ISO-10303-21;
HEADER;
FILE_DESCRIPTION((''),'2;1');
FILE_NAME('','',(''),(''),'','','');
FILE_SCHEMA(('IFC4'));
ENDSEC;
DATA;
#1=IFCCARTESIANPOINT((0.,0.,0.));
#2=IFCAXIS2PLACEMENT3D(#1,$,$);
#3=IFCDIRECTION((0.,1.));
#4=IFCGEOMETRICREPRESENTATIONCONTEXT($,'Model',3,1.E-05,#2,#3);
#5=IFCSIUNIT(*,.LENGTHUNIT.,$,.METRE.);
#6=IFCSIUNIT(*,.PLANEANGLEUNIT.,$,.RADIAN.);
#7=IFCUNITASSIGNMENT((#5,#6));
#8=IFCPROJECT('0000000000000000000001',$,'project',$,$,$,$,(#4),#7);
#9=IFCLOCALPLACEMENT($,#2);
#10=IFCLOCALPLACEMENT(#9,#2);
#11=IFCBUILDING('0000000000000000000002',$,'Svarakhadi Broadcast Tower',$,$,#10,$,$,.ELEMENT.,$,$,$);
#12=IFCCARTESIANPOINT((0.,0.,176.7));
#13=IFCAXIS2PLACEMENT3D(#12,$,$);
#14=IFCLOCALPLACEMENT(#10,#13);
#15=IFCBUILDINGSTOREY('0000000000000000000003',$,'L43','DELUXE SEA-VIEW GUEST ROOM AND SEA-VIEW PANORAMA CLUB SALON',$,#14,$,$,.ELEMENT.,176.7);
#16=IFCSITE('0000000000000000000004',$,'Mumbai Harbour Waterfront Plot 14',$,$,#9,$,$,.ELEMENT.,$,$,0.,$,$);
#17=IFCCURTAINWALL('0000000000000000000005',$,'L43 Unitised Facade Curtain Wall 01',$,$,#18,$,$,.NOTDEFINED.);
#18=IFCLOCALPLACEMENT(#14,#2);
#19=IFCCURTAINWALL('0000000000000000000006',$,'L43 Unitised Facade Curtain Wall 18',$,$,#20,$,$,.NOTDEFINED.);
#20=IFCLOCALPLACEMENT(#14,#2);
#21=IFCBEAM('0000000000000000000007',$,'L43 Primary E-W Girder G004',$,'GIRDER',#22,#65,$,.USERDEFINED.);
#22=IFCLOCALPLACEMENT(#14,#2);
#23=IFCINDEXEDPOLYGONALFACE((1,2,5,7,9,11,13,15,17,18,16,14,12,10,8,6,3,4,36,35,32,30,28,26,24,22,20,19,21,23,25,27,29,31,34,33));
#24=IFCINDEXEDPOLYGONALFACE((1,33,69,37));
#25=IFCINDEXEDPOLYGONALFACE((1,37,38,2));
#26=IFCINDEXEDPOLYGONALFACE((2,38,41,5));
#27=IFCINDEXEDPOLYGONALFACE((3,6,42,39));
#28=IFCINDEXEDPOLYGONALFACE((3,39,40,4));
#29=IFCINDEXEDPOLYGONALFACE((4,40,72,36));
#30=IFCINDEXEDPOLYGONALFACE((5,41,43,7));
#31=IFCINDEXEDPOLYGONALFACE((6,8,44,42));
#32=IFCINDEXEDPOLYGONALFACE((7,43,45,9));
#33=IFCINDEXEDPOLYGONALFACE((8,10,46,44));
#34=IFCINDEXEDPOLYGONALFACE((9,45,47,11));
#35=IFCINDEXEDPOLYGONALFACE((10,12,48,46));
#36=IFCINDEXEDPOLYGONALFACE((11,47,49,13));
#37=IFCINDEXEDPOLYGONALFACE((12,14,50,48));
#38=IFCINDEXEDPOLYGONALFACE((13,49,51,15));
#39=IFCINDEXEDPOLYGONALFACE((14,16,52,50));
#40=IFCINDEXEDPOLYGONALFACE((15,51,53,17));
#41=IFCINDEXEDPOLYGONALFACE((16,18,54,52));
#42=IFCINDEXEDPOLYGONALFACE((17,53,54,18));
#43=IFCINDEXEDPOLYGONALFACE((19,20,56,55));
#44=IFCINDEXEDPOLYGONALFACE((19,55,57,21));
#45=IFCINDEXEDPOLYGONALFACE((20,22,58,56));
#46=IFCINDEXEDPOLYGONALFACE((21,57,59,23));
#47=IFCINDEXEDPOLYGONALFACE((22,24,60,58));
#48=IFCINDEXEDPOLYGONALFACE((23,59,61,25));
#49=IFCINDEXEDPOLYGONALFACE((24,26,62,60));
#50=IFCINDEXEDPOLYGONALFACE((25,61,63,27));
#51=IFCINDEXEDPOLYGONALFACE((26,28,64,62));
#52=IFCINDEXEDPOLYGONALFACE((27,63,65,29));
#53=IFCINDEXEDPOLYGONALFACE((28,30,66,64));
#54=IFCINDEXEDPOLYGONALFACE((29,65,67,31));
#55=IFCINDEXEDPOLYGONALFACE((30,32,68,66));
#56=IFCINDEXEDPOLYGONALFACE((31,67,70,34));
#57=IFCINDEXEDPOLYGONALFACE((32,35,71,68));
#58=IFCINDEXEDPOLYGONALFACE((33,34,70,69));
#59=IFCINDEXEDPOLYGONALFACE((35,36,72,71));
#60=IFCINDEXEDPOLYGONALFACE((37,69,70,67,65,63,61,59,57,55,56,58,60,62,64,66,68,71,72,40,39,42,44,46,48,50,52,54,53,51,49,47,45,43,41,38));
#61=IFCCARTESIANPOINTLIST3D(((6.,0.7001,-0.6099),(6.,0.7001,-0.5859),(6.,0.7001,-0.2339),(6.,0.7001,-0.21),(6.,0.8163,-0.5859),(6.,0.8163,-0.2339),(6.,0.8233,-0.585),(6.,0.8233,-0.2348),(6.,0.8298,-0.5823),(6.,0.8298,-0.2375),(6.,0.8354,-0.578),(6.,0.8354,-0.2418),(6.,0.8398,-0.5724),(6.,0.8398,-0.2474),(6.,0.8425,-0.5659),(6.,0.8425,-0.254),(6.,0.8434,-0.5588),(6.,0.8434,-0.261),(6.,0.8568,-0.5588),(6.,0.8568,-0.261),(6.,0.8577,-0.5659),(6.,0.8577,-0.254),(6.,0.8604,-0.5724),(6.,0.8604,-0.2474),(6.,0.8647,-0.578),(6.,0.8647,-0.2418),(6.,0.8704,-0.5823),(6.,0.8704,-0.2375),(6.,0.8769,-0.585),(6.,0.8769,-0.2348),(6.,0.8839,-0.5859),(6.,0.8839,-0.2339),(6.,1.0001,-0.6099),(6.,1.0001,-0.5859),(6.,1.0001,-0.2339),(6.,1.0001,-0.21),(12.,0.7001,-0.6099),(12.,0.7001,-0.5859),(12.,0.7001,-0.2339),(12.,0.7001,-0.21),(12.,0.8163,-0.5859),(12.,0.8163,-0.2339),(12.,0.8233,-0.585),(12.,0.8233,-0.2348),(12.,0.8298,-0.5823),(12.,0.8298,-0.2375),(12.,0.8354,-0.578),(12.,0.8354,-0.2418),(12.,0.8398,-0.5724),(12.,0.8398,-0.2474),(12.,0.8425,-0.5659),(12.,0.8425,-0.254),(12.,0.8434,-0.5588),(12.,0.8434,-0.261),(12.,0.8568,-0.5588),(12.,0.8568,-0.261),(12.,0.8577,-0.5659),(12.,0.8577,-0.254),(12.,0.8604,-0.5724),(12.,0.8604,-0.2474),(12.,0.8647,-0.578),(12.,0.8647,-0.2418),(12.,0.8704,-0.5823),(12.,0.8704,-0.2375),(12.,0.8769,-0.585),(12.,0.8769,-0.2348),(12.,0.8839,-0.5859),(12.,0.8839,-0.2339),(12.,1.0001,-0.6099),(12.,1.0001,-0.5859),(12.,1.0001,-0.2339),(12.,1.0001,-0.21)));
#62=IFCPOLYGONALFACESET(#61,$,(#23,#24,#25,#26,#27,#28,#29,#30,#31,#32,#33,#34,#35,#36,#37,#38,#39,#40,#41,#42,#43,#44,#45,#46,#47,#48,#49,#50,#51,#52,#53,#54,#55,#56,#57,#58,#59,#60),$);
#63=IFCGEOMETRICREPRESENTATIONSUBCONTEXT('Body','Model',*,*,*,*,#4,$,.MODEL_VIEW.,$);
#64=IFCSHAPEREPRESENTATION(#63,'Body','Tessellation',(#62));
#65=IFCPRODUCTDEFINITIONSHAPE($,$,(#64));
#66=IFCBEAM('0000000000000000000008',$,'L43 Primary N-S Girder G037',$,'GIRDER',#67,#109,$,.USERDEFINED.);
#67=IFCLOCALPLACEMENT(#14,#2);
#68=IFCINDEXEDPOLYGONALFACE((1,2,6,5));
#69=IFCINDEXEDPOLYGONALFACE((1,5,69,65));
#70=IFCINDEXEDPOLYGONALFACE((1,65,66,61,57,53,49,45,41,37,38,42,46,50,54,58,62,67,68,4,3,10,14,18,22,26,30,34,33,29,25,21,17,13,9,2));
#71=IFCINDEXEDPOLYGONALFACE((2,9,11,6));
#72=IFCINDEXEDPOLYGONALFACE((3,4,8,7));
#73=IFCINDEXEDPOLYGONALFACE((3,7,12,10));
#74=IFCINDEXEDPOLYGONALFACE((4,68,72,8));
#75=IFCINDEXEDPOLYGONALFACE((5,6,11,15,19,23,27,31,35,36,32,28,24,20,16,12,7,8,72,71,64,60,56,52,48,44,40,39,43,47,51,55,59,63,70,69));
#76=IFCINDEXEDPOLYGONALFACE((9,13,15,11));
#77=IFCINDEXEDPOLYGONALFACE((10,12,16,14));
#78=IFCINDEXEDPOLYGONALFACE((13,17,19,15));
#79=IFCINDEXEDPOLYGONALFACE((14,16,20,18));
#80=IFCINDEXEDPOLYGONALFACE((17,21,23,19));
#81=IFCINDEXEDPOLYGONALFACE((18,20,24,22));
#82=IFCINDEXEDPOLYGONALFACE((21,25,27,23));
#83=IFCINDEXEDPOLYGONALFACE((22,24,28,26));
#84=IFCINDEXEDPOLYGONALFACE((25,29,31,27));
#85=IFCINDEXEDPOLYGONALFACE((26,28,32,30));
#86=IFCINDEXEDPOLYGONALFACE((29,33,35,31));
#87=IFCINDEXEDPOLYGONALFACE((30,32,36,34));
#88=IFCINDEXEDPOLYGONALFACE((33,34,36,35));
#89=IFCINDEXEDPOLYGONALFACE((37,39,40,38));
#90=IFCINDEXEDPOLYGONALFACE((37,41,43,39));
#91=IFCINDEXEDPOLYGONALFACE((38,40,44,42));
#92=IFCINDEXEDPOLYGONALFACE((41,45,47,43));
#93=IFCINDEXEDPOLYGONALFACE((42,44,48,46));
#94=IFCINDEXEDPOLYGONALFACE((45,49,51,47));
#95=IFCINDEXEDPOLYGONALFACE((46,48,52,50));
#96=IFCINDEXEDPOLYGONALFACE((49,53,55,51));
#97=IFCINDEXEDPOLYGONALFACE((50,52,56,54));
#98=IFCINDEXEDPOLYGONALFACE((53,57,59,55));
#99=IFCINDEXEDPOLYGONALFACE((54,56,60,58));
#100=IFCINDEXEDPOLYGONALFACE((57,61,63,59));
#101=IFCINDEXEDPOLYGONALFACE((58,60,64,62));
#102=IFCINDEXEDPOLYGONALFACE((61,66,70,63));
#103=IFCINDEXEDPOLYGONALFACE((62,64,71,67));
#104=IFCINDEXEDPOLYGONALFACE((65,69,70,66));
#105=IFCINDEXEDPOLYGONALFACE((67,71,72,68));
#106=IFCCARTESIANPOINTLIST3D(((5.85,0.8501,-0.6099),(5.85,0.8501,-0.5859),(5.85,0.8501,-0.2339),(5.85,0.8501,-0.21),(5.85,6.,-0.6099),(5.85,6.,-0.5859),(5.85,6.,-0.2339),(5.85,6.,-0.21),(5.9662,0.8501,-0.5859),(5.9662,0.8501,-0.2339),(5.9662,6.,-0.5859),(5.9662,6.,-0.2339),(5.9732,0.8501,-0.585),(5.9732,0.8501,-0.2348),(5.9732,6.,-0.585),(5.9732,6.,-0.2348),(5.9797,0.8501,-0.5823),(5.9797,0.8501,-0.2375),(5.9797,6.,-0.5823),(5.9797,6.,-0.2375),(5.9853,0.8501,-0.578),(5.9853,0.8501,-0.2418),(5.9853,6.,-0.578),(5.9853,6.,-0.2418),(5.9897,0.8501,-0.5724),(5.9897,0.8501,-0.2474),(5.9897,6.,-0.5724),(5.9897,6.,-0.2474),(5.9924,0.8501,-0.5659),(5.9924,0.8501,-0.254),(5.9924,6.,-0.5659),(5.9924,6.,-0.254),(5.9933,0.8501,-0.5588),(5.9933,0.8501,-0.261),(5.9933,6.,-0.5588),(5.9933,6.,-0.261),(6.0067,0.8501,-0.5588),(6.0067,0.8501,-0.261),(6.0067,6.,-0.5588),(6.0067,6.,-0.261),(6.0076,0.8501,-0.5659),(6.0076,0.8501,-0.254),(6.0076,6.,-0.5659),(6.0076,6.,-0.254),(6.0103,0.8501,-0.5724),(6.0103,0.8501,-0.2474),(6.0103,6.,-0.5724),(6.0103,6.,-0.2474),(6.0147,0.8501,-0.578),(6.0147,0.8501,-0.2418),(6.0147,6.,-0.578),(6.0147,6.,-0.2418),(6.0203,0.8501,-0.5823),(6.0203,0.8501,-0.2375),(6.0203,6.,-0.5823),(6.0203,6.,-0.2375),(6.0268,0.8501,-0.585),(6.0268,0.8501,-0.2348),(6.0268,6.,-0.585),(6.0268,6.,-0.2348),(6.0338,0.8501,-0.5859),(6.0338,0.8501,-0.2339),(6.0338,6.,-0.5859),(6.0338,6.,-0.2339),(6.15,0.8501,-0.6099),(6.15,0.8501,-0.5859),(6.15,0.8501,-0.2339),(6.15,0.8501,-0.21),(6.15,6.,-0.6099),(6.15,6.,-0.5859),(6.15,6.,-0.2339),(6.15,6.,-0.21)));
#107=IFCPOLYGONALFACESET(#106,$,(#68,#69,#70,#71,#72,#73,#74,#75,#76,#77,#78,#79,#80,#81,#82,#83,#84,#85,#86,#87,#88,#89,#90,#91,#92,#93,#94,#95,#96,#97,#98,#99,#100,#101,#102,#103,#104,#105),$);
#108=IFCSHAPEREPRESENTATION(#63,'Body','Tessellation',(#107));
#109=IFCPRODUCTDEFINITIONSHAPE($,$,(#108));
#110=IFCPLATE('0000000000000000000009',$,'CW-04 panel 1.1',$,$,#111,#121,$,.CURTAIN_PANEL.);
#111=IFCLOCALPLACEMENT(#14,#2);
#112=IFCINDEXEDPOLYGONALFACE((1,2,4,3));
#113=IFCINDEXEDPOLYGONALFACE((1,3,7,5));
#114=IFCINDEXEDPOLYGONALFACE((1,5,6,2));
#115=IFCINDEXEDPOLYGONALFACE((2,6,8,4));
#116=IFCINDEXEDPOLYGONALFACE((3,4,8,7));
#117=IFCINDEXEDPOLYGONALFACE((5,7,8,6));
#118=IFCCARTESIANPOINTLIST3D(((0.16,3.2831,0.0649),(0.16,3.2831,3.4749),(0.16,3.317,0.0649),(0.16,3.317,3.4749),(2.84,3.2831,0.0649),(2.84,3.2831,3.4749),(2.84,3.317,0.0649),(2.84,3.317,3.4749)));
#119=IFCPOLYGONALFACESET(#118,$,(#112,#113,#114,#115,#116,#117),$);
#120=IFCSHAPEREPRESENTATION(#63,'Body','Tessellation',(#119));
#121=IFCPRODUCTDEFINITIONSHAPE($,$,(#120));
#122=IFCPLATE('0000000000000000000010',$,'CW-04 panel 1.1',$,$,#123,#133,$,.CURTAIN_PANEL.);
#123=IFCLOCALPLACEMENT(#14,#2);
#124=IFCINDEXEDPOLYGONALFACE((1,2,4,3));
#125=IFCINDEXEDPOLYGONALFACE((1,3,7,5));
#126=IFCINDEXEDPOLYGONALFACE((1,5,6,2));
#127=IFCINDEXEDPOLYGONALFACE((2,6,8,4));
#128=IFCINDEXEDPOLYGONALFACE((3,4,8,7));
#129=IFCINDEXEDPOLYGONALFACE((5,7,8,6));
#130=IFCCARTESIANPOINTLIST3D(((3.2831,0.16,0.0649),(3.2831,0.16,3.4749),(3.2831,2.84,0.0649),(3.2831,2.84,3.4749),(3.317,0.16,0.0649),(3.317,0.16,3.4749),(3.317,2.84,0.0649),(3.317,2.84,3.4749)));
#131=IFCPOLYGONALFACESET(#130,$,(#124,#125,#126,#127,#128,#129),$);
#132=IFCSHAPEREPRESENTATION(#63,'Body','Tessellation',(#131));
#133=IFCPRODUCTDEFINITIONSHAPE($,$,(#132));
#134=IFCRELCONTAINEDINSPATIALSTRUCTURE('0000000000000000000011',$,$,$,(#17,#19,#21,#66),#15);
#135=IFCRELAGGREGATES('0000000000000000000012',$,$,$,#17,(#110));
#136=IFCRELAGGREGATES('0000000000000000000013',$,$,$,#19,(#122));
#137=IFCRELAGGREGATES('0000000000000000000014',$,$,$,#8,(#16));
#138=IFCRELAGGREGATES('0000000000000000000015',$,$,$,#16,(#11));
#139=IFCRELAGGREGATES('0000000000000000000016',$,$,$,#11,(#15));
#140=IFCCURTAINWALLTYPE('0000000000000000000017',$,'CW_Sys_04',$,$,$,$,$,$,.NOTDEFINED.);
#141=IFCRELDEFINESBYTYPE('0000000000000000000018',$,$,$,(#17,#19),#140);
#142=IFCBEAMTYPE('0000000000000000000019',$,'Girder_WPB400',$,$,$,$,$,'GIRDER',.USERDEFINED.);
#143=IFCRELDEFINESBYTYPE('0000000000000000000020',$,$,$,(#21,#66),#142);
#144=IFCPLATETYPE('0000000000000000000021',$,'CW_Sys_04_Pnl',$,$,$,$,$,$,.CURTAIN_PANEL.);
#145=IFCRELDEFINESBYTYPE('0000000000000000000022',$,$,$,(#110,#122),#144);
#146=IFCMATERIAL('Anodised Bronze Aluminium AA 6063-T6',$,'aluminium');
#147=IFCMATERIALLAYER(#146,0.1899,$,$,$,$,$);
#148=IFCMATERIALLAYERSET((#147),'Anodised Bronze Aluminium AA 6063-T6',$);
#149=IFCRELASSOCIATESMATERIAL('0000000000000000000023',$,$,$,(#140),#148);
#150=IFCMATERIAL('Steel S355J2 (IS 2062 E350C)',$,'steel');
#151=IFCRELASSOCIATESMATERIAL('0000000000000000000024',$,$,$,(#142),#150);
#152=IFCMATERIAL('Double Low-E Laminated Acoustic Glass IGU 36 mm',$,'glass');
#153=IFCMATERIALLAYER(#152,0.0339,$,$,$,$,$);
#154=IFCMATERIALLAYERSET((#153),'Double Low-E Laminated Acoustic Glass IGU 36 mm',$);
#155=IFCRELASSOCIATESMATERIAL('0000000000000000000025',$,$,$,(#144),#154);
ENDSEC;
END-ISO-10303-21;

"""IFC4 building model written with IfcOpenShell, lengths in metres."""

from ifc_helpers import new_model, si_unit, direction, frame, origin, origin_2d, place, context, subcontext, project, spatial, rectangle, i_section, extrude, material, layer, layer_set, material_profile, profile_set, type_object, element, aggregate, save


model = new_model("IFC4")

# Units and contexts
model_context = context("Model", 3, precision=1e-05, world=origin(), true_north=direction((0.0, 1.0)))
body_context = subcontext(model_context, "Body", "Model", "MODEL_VIEW")
ifc_project = project(units=[si_unit("LENGTHUNIT", "METRE"), si_unit("PLANEANGLEUNIT", "RADIAN")], contexts=[model_context])

# Site, building, storey
site_placement = place(None, origin())
site = spatial("IfcSite", under=ifc_project, at=site_placement, Name="Mumbai Harbour Waterfront Plot 14", CompositionType="ELEMENT", RefElevation=0.0)
building_placement = place(site_placement, origin())
building = spatial("IfcBuilding", under=site, at=building_placement, Name="Svarakhadi Broadcast Tower", CompositionType="ELEMENT")
storey_placement = place(building_placement, frame((0.0, 0.0, 176.7)))
storey = spatial("IfcBuildingStorey", under=building, at=storey_placement, Name="L43", Description="DELUXE SEA-VIEW GUEST ROOM AND SEA-VIEW PANORAMA CLUB SALON", CompositionType="ELEMENT", Elevation=176.7)

# Curtain wall
ifc_material_1 = material(Name="Anodised Bronze Aluminium AA 6063-T6", Category="aluminium")
ifc_layer_1 = layer(ifc_material_1, 0.1899)
ifc_layer_set_1 = layer_set([ifc_layer_1], Name="Anodised Bronze Aluminium AA 6063-T6")
curtain_wall_type = type_object("IfcCurtainWallType", Name="CW_Sys_04", PredefinedType="NOTDEFINED", material=ifc_layer_set_1)
curtain_wall_1_placement = place(storey_placement, origin())
curtain_wall_1 = element("IfcCurtainWall", 1, at=curtain_wall_1_placement, inside=storey, type_object=curtain_wall_type, Name="L43 Unitised Facade Curtain Wall 01", PredefinedType="NOTDEFINED")

# Curtain wall
curtain_wall_2_placement = place(storey_placement, origin())
curtain_wall_2 = element("IfcCurtainWall", 2, at=curtain_wall_2_placement, inside=storey, type_object=curtain_wall_type, Name="L43 Unitised Facade Curtain Wall 18", PredefinedType="NOTDEFINED")

# Beams
ifc_material_2 = material(Name="Steel S355J2 (IS 2062 E350C)", Category="steel")
ifc_material_profile_1 = material_profile(ifc_material_2, i_section(OverallWidth=0.3, OverallDepth=0.3999, WebThickness=0.0134, FlangeThickness=0.0239, FilletRadius=0.0271, at=origin_2d()), Name="WPB 400x300x155")
ifc_profile_set_1 = profile_set([ifc_material_profile_1], Name="Steel S355J2 (IS 2062 E350C)")
beam_type = type_object("IfcBeamType", Name="Girder_WPB400", ElementType="GIRDER", PredefinedType="USERDEFINED", material=ifc_profile_set_1)
beam_1_placement = place(storey_placement, frame((6.0, 0.8501, -0.4099), z_axis=(1.0, 0.0, 0.0), x_axis=(0.0, 1.0, 0.0)))
element("IfcBeam", 3, at=beam_1_placement, inside=storey, type_object=beam_type, Name="L43 Primary E-W Girder G004", ObjectType="GIRDER", PredefinedType="USERDEFINED", context=body_context, shape_type="SweptSolid", body=[
    extrude(i_section(OverallWidth=0.3, OverallDepth=0.3999, WebThickness=0.0134, FlangeThickness=0.0239, FilletRadius=0.0271, at=origin_2d()), origin(), (0.0, 0.0, 1.0), 6.0),
])
beam_2_placement = place(storey_placement, frame((6.0, 0.8501, -0.4099), z_axis=(0.0, 1.0, 0.0), x_axis=(-1.0, 0.0, 0.0)))
element("IfcBeam", 4, at=beam_2_placement, inside=storey, type_object=beam_type, Name="L43 Primary N-S Girder G037", ObjectType="GIRDER", PredefinedType="USERDEFINED", context=body_context, shape_type="SweptSolid", body=[
    extrude(i_section(OverallWidth=0.3, OverallDepth=0.3999, WebThickness=0.0134, FlangeThickness=0.0239, FilletRadius=0.0271, at=origin_2d()), origin(), (0.0, 0.0, 1.0), 5.1499),
])

# Plates
ifc_material_3 = material(Name="Double Low-E Laminated Acoustic Glass IGU 36 mm", Category="glass")
ifc_layer_2 = layer(ifc_material_3, 0.0339)
ifc_layer_set_2 = layer_set([ifc_layer_2], Name="Double Low-E Laminated Acoustic Glass IGU 36 mm")
plate_type = type_object("IfcPlateType", Name="CW_Sys_04_Pnl", PredefinedType="CURTAIN_PANEL", material=ifc_layer_set_2)
plate_1_placement = place(storey_placement, frame((1.5, 3.3, 0.0649), z_axis=(0.0, 0.0, 1.0), x_axis=(-1.0, 0.0, 0.0)))
plate_1 = element("IfcPlate", 5, at=plate_1_placement, type_object=plate_type, Name="CW-04 panel 1.1", PredefinedType="CURTAIN_PANEL", context=body_context, shape_type="SweptSolid", body=[
    extrude(rectangle(XDim=2.6799, YDim=0.0339, at=origin_2d()), origin(), (0.0, 0.0, 1.0), 3.4099),
])
aggregate(curtain_wall_1, [plate_1])
plate_2_placement = place(storey_placement, frame((3.3, 1.5, 0.0649), z_axis=(0.0, 0.0, 1.0), x_axis=(0.0, 1.0, 0.0)))
plate_2 = element("IfcPlate", 6, at=plate_2_placement, type_object=plate_type, Name="CW-04 panel 1.1", PredefinedType="CURTAIN_PANEL", context=body_context, shape_type="SweptSolid", body=[
    extrude(rectangle(XDim=2.6799, YDim=0.0339, at=origin_2d()), origin(), (0.0, 0.0, 1.0), 3.4099),
])
aggregate(curtain_wall_2, [plate_2])

save(model, "model.ifc")
